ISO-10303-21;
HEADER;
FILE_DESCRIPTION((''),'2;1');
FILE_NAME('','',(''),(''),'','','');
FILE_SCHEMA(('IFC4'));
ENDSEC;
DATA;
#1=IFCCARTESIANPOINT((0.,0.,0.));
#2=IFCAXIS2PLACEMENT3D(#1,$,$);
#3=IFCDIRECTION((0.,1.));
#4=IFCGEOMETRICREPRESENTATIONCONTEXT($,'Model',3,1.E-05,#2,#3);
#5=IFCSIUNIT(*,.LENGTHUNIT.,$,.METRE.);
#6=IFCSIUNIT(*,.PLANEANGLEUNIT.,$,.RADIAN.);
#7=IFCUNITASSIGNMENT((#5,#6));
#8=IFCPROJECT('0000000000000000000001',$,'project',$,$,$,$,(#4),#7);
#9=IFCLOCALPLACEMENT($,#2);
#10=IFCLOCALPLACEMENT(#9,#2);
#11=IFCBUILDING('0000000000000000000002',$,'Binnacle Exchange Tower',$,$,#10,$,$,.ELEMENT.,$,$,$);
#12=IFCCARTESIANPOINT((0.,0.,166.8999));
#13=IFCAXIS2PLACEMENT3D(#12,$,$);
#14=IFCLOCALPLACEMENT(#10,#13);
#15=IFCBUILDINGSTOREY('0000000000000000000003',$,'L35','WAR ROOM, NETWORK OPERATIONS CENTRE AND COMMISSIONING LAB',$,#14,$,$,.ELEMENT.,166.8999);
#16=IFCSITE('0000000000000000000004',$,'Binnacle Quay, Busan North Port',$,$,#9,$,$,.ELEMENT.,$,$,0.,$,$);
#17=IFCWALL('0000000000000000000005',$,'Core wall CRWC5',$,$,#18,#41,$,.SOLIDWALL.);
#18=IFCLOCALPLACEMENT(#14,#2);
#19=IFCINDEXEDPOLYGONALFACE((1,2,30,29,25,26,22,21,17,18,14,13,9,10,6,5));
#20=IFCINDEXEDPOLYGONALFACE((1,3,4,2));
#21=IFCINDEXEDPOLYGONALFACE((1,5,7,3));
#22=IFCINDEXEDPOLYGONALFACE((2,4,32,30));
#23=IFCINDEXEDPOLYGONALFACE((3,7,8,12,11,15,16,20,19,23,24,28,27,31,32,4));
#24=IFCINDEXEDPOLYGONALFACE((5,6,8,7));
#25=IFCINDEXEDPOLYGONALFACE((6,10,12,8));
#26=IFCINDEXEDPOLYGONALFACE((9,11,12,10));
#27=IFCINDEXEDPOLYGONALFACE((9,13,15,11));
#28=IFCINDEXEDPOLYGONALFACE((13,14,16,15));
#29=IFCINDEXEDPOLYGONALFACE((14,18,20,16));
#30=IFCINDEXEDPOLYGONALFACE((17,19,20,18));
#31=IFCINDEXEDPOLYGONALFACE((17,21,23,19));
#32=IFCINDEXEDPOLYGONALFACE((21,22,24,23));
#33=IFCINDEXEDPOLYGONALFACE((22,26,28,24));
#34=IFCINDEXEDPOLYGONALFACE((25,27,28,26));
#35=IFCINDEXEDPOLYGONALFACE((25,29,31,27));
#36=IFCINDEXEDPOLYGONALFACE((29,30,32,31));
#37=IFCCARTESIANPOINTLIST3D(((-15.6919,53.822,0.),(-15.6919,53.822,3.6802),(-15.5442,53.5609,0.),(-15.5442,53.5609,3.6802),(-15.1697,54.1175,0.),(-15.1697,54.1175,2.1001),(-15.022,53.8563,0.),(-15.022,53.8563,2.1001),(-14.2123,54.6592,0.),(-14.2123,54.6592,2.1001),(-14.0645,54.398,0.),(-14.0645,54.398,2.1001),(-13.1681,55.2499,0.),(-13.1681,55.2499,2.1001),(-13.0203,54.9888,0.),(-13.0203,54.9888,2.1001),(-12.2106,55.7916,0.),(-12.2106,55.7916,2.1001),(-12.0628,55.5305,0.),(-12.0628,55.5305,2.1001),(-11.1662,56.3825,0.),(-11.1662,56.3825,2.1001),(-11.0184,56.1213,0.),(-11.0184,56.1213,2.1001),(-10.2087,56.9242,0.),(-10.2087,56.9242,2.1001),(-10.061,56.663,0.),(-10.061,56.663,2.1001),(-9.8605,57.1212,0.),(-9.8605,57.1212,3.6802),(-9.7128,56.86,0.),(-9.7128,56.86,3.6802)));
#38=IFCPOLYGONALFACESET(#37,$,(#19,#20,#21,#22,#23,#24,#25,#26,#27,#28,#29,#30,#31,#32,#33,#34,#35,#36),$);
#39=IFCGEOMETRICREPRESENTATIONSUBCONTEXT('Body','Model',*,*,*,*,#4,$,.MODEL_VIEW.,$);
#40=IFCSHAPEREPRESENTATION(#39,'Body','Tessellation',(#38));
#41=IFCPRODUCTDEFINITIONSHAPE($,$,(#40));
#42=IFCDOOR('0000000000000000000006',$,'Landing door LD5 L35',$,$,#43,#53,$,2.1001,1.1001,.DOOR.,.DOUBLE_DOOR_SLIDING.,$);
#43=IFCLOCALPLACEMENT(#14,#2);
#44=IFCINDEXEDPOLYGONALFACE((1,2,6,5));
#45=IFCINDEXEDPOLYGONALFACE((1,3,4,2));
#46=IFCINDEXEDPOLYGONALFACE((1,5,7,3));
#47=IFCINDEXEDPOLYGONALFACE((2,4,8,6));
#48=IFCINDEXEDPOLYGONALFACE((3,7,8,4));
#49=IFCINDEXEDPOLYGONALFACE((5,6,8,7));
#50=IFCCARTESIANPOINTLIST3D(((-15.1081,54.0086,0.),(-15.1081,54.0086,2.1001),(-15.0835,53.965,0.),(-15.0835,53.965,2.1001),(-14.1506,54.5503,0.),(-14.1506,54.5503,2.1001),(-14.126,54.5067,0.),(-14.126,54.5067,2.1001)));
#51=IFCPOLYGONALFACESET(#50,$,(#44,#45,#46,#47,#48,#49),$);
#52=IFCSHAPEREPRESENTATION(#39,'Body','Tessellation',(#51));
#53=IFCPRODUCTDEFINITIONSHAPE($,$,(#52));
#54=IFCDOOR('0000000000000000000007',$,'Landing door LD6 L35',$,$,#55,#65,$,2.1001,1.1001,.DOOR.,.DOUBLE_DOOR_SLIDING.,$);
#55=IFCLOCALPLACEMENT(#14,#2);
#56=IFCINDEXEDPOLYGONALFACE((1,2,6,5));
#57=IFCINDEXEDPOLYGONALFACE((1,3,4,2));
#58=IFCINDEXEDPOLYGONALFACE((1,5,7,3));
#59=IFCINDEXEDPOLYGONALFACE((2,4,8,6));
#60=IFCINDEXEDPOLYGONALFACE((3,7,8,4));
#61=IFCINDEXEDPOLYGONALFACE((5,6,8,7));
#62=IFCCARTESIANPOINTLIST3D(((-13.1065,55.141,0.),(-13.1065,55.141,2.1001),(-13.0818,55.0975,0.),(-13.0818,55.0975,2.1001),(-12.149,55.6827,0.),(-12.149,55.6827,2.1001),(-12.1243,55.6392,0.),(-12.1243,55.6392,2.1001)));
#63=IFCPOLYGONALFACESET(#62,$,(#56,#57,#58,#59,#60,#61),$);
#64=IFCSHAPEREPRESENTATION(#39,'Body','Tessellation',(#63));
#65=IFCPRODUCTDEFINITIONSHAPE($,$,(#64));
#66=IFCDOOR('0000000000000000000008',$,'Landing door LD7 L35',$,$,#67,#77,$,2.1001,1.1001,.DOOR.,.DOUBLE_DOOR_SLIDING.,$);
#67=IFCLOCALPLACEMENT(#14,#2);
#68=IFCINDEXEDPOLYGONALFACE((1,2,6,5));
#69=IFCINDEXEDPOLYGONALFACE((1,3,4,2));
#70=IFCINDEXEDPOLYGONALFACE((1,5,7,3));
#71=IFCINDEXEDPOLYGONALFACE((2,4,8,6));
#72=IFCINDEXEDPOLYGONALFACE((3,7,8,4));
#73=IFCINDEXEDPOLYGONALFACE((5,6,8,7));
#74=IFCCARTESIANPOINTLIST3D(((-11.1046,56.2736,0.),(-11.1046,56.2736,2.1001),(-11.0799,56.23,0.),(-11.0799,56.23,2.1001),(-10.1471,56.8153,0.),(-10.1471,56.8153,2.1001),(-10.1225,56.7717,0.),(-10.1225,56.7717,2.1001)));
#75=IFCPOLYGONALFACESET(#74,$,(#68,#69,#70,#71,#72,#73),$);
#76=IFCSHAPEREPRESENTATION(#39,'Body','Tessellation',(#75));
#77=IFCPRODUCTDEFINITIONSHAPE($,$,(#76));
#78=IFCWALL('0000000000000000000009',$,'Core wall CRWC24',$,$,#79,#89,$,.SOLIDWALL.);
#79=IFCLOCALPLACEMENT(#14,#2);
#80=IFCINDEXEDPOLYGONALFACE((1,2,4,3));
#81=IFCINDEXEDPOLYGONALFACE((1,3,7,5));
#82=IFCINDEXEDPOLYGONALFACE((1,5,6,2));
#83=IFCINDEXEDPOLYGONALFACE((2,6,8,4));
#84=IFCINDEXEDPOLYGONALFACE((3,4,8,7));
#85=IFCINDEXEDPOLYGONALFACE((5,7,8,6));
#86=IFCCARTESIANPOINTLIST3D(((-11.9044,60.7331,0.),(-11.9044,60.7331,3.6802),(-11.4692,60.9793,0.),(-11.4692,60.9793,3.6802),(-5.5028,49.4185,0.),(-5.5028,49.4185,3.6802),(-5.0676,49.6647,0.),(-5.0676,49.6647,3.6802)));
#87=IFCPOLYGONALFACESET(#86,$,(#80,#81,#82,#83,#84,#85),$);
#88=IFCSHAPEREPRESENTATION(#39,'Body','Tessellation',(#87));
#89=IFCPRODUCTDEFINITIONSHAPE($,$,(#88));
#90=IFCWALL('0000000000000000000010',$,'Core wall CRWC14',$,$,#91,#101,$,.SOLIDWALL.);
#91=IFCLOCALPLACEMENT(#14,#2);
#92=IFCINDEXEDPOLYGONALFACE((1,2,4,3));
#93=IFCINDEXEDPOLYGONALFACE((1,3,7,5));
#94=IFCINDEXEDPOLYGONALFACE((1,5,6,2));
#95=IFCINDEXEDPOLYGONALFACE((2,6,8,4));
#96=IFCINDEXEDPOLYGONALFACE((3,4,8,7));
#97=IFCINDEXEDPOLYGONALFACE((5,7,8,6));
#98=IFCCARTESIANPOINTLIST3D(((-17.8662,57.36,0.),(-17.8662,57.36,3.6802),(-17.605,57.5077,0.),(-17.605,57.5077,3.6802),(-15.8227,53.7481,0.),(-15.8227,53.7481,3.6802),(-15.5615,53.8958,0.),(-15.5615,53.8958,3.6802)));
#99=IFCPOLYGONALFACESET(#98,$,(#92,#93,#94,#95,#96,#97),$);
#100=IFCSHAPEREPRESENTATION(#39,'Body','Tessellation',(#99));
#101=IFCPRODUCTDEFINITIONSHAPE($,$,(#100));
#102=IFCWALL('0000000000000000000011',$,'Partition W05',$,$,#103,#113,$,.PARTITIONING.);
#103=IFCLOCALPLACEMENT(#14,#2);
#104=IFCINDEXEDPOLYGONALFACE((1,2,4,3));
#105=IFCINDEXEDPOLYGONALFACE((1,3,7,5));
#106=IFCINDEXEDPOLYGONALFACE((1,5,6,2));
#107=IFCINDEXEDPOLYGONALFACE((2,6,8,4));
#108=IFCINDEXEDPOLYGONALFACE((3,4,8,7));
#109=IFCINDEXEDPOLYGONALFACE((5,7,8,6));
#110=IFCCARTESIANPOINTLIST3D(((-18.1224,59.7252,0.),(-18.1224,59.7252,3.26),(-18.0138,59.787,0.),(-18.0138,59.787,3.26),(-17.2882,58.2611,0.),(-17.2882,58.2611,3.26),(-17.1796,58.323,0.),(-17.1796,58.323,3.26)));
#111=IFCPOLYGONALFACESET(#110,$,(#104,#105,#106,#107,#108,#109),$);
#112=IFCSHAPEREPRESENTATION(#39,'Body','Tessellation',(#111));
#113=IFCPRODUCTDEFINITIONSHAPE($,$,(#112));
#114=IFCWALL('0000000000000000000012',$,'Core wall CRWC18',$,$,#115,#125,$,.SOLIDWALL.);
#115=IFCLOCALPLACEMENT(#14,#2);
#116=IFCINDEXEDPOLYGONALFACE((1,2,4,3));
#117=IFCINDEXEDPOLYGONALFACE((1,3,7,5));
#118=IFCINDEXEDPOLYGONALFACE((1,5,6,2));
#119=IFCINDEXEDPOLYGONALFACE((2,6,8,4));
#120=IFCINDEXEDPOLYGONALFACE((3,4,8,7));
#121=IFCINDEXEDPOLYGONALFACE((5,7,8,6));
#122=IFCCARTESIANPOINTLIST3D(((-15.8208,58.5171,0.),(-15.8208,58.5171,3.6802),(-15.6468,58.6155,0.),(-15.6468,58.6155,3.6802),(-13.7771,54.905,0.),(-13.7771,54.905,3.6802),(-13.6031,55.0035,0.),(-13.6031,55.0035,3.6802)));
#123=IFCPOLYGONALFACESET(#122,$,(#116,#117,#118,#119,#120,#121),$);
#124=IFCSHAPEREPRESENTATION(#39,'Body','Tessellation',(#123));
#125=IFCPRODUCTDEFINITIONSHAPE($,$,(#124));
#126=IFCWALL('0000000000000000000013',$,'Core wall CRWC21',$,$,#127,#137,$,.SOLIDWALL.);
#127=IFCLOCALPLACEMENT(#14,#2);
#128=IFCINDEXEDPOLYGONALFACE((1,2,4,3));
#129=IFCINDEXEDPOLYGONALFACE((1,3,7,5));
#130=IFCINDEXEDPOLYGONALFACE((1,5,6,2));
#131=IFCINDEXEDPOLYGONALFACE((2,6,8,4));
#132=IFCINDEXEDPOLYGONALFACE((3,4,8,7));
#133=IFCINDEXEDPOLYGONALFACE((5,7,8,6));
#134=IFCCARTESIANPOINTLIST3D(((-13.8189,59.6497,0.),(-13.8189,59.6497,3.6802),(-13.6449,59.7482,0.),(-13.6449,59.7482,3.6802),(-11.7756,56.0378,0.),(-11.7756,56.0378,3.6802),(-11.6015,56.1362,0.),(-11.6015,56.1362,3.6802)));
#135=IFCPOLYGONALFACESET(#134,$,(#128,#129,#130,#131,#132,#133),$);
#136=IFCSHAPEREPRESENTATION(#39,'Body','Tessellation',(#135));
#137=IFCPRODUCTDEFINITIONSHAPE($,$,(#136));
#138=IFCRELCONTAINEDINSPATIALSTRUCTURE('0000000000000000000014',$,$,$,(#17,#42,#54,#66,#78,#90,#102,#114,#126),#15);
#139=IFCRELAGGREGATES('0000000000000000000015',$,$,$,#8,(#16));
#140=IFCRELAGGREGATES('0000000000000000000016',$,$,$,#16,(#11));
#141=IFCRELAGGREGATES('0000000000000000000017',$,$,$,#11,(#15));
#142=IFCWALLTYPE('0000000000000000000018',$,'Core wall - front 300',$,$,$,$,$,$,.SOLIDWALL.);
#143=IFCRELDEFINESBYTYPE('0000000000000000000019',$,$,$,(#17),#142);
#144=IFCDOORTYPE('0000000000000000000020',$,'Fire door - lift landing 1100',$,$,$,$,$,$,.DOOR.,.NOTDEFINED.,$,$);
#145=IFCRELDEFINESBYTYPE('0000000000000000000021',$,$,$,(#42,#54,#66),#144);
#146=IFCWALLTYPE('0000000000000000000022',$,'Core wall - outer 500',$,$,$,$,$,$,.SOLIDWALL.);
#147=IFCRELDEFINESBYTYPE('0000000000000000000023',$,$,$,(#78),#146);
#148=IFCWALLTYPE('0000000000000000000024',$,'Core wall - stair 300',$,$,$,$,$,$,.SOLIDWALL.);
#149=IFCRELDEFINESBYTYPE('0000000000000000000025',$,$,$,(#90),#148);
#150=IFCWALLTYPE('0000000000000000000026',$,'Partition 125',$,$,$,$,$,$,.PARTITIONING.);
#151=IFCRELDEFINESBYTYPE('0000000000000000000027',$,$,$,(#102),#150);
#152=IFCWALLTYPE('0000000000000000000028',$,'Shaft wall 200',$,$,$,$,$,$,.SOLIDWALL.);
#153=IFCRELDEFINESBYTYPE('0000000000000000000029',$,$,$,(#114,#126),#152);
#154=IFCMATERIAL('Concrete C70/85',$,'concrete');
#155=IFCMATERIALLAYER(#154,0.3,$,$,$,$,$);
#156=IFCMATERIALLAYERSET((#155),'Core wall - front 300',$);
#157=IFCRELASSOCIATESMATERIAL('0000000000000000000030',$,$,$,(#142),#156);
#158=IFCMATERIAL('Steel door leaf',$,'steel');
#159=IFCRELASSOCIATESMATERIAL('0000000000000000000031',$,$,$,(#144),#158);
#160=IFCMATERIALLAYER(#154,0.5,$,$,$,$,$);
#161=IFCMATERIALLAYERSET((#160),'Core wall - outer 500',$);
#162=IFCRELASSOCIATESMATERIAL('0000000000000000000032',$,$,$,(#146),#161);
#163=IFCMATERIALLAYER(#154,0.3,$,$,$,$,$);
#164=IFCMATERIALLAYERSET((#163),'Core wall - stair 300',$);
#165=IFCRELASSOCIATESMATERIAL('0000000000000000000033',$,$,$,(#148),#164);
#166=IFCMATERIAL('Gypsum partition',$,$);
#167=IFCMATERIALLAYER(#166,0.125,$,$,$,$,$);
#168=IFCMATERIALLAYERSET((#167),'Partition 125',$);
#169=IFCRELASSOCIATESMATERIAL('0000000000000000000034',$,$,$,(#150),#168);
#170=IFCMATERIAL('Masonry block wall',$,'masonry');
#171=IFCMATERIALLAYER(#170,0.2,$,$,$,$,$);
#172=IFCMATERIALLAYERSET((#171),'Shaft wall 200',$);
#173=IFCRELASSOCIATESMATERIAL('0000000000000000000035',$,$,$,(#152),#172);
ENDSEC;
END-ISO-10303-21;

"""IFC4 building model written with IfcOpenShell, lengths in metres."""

from ifc_helpers import new_model, si_unit, direction, frame, frame_2d, origin, place, context, subcontext, project, spatial, rectangle, extrude, material, layer, layer_set, type_object, element, fill, save


model = new_model("IFC4")

# Units and contexts
model_context = context("Model", 3, precision=1e-05, world=origin(), true_north=direction((0.0, 1.0)))
body_context = subcontext(model_context, "Body", "Model", "MODEL_VIEW")
ifc_project = project(units=[si_unit("LENGTHUNIT", "METRE"), si_unit("PLANEANGLEUNIT", "RADIAN")], contexts=[model_context])

# Site, building, storey
site_placement = place(None, origin())
site = spatial("IfcSite", under=ifc_project, at=site_placement, Name="Binnacle Quay, Busan North Port", CompositionType="ELEMENT", RefElevation=0.0)
building_placement = place(site_placement, origin())
building = spatial("IfcBuilding", under=site, at=building_placement, Name="Binnacle Exchange Tower", CompositionType="ELEMENT")
storey_placement = place(building_placement, frame((0.0, 0.0, 166.8999)))
storey = spatial("IfcBuildingStorey", under=building, at=storey_placement, Name="L35", Description="WAR ROOM, NETWORK OPERATIONS CENTRE AND COMMISSIONING LAB", CompositionType="ELEMENT", Elevation=166.8999)

# Shared definitions
ifc_material_1 = material(Name="Concrete C70/85", Category="concrete")

# Wall, openings, doors
ifc_layer_1 = layer(ifc_material_1, 0.3)
ifc_layer_set_1 = layer_set([ifc_layer_1], Name="Core wall - front 300")
wall_type_1 = type_object("IfcWallType", Name="Core wall - front 300", PredefinedType="SOLIDWALL", material=ifc_layer_set_1)
ifc_material_2 = material(Name="Steel door leaf", Category="steel")
wall_1_placement = place(storey_placement, frame((-15.6182, 53.6914, 0.0), z_axis=(0.0, 0.0, 1.0), x_axis=(0.870363, 0.49241, 0.0)))
wall_1 = element("IfcWall", 1, at=wall_1_placement, inside=storey, type_object=wall_type_1, Name="Core wall CRWC5", PredefinedType="SOLIDWALL", context=body_context, shape_type="SweptSolid", body=[
    extrude(rectangle(XDim=6.7, YDim=0.3, at=frame_2d((3.3501, 0.0))), origin(), (0.0, 0.0, 1.0), 3.6802),
])
opening_1_placement = place(wall_1_placement, frame((0.6001, 0.0, 0.0)))
opening_1 = element("IfcOpeningElement", 2, at=opening_1_placement, cuts=wall_1, PredefinedType="OPENING", context=body_context, shape_type="SweptSolid", body=[
    extrude(rectangle(XDim=1.1001, YDim=2.1001, at=frame_2d((0.55, 1.05))), frame((0.0, 0.1599, 0.0), z_axis=(0.0, -1.0, 0.0), x_axis=(1.0, 0.0, 0.0)), (0.0, 0.0, 1.0), 0.3201),
])
opening_2_placement = place(wall_1_placement, frame((2.8999, 0.0, 0.0)))
opening_2 = element("IfcOpeningElement", 3, at=opening_2_placement, cuts=wall_1, PredefinedType="OPENING", context=body_context, shape_type="SweptSolid", body=[
    extrude(rectangle(XDim=1.1001, YDim=2.1001, at=frame_2d((0.55, 1.05))), frame((0.0, 0.1599, 0.0), z_axis=(0.0, -1.0, 0.0), x_axis=(1.0, 0.0, 0.0)), (0.0, 0.0, 1.0), 0.3201),
])
opening_3_placement = place(wall_1_placement, frame((5.2, 0.0, 0.0)))
opening_3 = element("IfcOpeningElement", 4, at=opening_3_placement, cuts=wall_1, PredefinedType="OPENING", context=body_context, shape_type="SweptSolid", body=[
    extrude(rectangle(XDim=1.1001, YDim=2.1001, at=frame_2d((0.55, 1.05))), frame((0.0, 0.1599, 0.0), z_axis=(0.0, -1.0, 0.0), x_axis=(1.0, 0.0, 0.0)), (0.0, 0.0, 1.0), 0.3201),
])
door_type_1 = type_object("IfcDoorType", Name="Fire door - lift landing 1100", OperationType="NOTDEFINED", PredefinedType="DOOR", material=ifc_material_2)
door_1_placement = place(opening_1_placement, origin())
door_1 = element("IfcDoor", 5, at=door_1_placement, inside=storey, type_object=door_type_1, Name="Landing door LD5 L35", OperationType="DOUBLE_DOOR_SLIDING", OverallHeight=2.1001, OverallWidth=1.1001, PredefinedType="DOOR", context=body_context, shape_type="SweptSolid", body=[
    extrude(rectangle(XDim=1.1001, YDim=2.1001, at=frame_2d((0.55, 1.05))), frame((0.0, 0.0249, 0.0), z_axis=(0.0, -1.0, 0.0), x_axis=(1.0, 0.0, 0.0)), (0.0, 0.0, 1.0), 0.05),
])
fill(opening_1, door_1)
door_2_placement = place(opening_2_placement, origin())
door_2 = element("IfcDoor", 6, at=door_2_placement, inside=storey, type_object=door_type_1, Name="Landing door LD6 L35", OperationType="DOUBLE_DOOR_SLIDING", OverallHeight=2.1001, OverallWidth=1.1001, PredefinedType="DOOR", context=body_context, shape_type="SweptSolid", body=[
    extrude(rectangle(XDim=1.1001, YDim=2.1001, at=frame_2d((0.55, 1.05))), frame((0.0, 0.0249, 0.0), z_axis=(0.0, -1.0, 0.0), x_axis=(1.0, 0.0, 0.0)), (0.0, 0.0, 1.0), 0.05),
])
fill(opening_2, door_2)
door_3_placement = place(opening_3_placement, origin())
door_3 = element("IfcDoor", 7, at=door_3_placement, inside=storey, type_object=door_type_1, Name="Landing door LD7 L35", OperationType="DOUBLE_DOOR_SLIDING", OverallHeight=2.1001, OverallWidth=1.1001, PredefinedType="DOOR", context=body_context, shape_type="SweptSolid", body=[
    extrude(rectangle(XDim=1.1001, YDim=2.1001, at=frame_2d((0.55, 1.05))), frame((0.0, 0.0249, 0.0), z_axis=(0.0, -1.0, 0.0), x_axis=(1.0, 0.0, 0.0)), (0.0, 0.0, 1.0), 0.05),
])
fill(opening_3, door_3)

# Walls
ifc_layer_2 = layer(ifc_material_1, 0.5)
ifc_layer_set_2 = layer_set([ifc_layer_2], Name="Core wall - outer 500")
wall_type_2 = type_object("IfcWallType", Name="Core wall - outer 500", PredefinedType="SOLIDWALL", material=ifc_layer_set_2)
wall_2_placement = place(storey_placement, frame((-11.6868, 60.8562, 0.0), z_axis=(0.0, 0.0, 1.0), x_axis=(0.492427, -0.870354, 0.0)))
element("IfcWall", 8, at=wall_2_placement, inside=storey, type_object=wall_type_2, Name="Core wall CRWC24", PredefinedType="SOLIDWALL", context=body_context, shape_type="SweptSolid", body=[
    extrude(rectangle(XDim=13.0, YDim=0.5, at=frame_2d((6.5, 0.0))), origin(), (0.0, 0.0, 1.0), 3.6802),
])
ifc_layer_3 = layer(ifc_material_1, 0.3)
ifc_layer_set_3 = layer_set([ifc_layer_3], Name="Core wall - stair 300")
wall_type_3 = type_object("IfcWallType", Name="Core wall - stair 300", PredefinedType="SOLIDWALL", material=ifc_layer_set_3)
wall_3_placement = place(storey_placement, frame((-17.7356, 57.4338, 0.0), z_axis=(0.0, 0.0, 1.0), x_axis=(0.492422, -0.870357, 0.0)))
element("IfcWall", 9, at=wall_3_placement, inside=storey, type_object=wall_type_3, Name="Core wall CRWC14", PredefinedType="SOLIDWALL", context=body_context, shape_type="SweptSolid", body=[
    extrude(rectangle(XDim=4.1499, YDim=0.3, at=frame_2d((2.075, 0.0))), origin(), (0.0, 0.0, 1.0), 3.6802),
])
ifc_material_3 = material(Name="Gypsum partition")
ifc_layer_4 = layer(ifc_material_3, 0.125)
ifc_layer_set_4 = layer_set([ifc_layer_4], Name="Partition 125")
wall_type_4 = type_object("IfcWallType", Name="Partition 125", PredefinedType="PARTITIONING", material=ifc_layer_set_4)
wall_4_placement = place(storey_placement, frame((-18.0681, 59.7561, 0.0), z_axis=(0.0, 0.0, 1.0), x_axis=(0.495062, -0.868858, 0.0)))
element("IfcWall", 10, at=wall_4_placement, inside=storey, type_object=wall_type_4, Name="Partition W05", PredefinedType="PARTITIONING", context=body_context, shape_type="SweptSolid", body=[
    extrude(rectangle(XDim=1.6851, YDim=0.125, at=frame_2d((0.8425, 0.0))), origin(), (0.0, 0.0, 1.0), 3.26),
])
ifc_material_4 = material(Name="Masonry block wall", Category="masonry")
ifc_layer_5 = layer(ifc_material_4, 0.2)
ifc_layer_set_5 = layer_set([ifc_layer_5], Name="Shaft wall 200")
wall_type_5 = type_object("IfcWallType", Name="Shaft wall 200", PredefinedType="SOLIDWALL", material=ifc_layer_set_5)
wall_5_placement = place(storey_placement, frame((-15.7339, 58.5664, 0.0), z_axis=(0.0, 0.0, 1.0), x_axis=(0.492441, -0.870346, 0.0)))
element("IfcWall", 11, at=wall_5_placement, inside=storey, type_object=wall_type_5, Name="Core wall CRWC18", PredefinedType="SOLIDWALL", context=body_context, shape_type="SweptSolid", body=[
    extrude(rectangle(XDim=4.1501, YDim=0.2, at=frame_2d((2.0752, 0.0))), origin(), (0.0, 0.0, 1.0), 3.6802),
])
wall_6_placement = place(storey_placement, frame((-13.7319, 59.699, 0.0), z_axis=(0.0, 0.0, 1.0), x_axis=(0.492396, -0.870371, 0.0)))
element("IfcWall", 12, at=wall_6_placement, inside=storey, type_object=wall_type_5, Name="Core wall CRWC21", PredefinedType="SOLIDWALL", context=body_context, shape_type="SweptSolid", body=[
    extrude(rectangle(XDim=4.1499, YDim=0.2, at=frame_2d((2.075, 0.0))), origin(), (0.0, 0.0, 1.0), 3.6802),
])

save(model, "model.ifc")
